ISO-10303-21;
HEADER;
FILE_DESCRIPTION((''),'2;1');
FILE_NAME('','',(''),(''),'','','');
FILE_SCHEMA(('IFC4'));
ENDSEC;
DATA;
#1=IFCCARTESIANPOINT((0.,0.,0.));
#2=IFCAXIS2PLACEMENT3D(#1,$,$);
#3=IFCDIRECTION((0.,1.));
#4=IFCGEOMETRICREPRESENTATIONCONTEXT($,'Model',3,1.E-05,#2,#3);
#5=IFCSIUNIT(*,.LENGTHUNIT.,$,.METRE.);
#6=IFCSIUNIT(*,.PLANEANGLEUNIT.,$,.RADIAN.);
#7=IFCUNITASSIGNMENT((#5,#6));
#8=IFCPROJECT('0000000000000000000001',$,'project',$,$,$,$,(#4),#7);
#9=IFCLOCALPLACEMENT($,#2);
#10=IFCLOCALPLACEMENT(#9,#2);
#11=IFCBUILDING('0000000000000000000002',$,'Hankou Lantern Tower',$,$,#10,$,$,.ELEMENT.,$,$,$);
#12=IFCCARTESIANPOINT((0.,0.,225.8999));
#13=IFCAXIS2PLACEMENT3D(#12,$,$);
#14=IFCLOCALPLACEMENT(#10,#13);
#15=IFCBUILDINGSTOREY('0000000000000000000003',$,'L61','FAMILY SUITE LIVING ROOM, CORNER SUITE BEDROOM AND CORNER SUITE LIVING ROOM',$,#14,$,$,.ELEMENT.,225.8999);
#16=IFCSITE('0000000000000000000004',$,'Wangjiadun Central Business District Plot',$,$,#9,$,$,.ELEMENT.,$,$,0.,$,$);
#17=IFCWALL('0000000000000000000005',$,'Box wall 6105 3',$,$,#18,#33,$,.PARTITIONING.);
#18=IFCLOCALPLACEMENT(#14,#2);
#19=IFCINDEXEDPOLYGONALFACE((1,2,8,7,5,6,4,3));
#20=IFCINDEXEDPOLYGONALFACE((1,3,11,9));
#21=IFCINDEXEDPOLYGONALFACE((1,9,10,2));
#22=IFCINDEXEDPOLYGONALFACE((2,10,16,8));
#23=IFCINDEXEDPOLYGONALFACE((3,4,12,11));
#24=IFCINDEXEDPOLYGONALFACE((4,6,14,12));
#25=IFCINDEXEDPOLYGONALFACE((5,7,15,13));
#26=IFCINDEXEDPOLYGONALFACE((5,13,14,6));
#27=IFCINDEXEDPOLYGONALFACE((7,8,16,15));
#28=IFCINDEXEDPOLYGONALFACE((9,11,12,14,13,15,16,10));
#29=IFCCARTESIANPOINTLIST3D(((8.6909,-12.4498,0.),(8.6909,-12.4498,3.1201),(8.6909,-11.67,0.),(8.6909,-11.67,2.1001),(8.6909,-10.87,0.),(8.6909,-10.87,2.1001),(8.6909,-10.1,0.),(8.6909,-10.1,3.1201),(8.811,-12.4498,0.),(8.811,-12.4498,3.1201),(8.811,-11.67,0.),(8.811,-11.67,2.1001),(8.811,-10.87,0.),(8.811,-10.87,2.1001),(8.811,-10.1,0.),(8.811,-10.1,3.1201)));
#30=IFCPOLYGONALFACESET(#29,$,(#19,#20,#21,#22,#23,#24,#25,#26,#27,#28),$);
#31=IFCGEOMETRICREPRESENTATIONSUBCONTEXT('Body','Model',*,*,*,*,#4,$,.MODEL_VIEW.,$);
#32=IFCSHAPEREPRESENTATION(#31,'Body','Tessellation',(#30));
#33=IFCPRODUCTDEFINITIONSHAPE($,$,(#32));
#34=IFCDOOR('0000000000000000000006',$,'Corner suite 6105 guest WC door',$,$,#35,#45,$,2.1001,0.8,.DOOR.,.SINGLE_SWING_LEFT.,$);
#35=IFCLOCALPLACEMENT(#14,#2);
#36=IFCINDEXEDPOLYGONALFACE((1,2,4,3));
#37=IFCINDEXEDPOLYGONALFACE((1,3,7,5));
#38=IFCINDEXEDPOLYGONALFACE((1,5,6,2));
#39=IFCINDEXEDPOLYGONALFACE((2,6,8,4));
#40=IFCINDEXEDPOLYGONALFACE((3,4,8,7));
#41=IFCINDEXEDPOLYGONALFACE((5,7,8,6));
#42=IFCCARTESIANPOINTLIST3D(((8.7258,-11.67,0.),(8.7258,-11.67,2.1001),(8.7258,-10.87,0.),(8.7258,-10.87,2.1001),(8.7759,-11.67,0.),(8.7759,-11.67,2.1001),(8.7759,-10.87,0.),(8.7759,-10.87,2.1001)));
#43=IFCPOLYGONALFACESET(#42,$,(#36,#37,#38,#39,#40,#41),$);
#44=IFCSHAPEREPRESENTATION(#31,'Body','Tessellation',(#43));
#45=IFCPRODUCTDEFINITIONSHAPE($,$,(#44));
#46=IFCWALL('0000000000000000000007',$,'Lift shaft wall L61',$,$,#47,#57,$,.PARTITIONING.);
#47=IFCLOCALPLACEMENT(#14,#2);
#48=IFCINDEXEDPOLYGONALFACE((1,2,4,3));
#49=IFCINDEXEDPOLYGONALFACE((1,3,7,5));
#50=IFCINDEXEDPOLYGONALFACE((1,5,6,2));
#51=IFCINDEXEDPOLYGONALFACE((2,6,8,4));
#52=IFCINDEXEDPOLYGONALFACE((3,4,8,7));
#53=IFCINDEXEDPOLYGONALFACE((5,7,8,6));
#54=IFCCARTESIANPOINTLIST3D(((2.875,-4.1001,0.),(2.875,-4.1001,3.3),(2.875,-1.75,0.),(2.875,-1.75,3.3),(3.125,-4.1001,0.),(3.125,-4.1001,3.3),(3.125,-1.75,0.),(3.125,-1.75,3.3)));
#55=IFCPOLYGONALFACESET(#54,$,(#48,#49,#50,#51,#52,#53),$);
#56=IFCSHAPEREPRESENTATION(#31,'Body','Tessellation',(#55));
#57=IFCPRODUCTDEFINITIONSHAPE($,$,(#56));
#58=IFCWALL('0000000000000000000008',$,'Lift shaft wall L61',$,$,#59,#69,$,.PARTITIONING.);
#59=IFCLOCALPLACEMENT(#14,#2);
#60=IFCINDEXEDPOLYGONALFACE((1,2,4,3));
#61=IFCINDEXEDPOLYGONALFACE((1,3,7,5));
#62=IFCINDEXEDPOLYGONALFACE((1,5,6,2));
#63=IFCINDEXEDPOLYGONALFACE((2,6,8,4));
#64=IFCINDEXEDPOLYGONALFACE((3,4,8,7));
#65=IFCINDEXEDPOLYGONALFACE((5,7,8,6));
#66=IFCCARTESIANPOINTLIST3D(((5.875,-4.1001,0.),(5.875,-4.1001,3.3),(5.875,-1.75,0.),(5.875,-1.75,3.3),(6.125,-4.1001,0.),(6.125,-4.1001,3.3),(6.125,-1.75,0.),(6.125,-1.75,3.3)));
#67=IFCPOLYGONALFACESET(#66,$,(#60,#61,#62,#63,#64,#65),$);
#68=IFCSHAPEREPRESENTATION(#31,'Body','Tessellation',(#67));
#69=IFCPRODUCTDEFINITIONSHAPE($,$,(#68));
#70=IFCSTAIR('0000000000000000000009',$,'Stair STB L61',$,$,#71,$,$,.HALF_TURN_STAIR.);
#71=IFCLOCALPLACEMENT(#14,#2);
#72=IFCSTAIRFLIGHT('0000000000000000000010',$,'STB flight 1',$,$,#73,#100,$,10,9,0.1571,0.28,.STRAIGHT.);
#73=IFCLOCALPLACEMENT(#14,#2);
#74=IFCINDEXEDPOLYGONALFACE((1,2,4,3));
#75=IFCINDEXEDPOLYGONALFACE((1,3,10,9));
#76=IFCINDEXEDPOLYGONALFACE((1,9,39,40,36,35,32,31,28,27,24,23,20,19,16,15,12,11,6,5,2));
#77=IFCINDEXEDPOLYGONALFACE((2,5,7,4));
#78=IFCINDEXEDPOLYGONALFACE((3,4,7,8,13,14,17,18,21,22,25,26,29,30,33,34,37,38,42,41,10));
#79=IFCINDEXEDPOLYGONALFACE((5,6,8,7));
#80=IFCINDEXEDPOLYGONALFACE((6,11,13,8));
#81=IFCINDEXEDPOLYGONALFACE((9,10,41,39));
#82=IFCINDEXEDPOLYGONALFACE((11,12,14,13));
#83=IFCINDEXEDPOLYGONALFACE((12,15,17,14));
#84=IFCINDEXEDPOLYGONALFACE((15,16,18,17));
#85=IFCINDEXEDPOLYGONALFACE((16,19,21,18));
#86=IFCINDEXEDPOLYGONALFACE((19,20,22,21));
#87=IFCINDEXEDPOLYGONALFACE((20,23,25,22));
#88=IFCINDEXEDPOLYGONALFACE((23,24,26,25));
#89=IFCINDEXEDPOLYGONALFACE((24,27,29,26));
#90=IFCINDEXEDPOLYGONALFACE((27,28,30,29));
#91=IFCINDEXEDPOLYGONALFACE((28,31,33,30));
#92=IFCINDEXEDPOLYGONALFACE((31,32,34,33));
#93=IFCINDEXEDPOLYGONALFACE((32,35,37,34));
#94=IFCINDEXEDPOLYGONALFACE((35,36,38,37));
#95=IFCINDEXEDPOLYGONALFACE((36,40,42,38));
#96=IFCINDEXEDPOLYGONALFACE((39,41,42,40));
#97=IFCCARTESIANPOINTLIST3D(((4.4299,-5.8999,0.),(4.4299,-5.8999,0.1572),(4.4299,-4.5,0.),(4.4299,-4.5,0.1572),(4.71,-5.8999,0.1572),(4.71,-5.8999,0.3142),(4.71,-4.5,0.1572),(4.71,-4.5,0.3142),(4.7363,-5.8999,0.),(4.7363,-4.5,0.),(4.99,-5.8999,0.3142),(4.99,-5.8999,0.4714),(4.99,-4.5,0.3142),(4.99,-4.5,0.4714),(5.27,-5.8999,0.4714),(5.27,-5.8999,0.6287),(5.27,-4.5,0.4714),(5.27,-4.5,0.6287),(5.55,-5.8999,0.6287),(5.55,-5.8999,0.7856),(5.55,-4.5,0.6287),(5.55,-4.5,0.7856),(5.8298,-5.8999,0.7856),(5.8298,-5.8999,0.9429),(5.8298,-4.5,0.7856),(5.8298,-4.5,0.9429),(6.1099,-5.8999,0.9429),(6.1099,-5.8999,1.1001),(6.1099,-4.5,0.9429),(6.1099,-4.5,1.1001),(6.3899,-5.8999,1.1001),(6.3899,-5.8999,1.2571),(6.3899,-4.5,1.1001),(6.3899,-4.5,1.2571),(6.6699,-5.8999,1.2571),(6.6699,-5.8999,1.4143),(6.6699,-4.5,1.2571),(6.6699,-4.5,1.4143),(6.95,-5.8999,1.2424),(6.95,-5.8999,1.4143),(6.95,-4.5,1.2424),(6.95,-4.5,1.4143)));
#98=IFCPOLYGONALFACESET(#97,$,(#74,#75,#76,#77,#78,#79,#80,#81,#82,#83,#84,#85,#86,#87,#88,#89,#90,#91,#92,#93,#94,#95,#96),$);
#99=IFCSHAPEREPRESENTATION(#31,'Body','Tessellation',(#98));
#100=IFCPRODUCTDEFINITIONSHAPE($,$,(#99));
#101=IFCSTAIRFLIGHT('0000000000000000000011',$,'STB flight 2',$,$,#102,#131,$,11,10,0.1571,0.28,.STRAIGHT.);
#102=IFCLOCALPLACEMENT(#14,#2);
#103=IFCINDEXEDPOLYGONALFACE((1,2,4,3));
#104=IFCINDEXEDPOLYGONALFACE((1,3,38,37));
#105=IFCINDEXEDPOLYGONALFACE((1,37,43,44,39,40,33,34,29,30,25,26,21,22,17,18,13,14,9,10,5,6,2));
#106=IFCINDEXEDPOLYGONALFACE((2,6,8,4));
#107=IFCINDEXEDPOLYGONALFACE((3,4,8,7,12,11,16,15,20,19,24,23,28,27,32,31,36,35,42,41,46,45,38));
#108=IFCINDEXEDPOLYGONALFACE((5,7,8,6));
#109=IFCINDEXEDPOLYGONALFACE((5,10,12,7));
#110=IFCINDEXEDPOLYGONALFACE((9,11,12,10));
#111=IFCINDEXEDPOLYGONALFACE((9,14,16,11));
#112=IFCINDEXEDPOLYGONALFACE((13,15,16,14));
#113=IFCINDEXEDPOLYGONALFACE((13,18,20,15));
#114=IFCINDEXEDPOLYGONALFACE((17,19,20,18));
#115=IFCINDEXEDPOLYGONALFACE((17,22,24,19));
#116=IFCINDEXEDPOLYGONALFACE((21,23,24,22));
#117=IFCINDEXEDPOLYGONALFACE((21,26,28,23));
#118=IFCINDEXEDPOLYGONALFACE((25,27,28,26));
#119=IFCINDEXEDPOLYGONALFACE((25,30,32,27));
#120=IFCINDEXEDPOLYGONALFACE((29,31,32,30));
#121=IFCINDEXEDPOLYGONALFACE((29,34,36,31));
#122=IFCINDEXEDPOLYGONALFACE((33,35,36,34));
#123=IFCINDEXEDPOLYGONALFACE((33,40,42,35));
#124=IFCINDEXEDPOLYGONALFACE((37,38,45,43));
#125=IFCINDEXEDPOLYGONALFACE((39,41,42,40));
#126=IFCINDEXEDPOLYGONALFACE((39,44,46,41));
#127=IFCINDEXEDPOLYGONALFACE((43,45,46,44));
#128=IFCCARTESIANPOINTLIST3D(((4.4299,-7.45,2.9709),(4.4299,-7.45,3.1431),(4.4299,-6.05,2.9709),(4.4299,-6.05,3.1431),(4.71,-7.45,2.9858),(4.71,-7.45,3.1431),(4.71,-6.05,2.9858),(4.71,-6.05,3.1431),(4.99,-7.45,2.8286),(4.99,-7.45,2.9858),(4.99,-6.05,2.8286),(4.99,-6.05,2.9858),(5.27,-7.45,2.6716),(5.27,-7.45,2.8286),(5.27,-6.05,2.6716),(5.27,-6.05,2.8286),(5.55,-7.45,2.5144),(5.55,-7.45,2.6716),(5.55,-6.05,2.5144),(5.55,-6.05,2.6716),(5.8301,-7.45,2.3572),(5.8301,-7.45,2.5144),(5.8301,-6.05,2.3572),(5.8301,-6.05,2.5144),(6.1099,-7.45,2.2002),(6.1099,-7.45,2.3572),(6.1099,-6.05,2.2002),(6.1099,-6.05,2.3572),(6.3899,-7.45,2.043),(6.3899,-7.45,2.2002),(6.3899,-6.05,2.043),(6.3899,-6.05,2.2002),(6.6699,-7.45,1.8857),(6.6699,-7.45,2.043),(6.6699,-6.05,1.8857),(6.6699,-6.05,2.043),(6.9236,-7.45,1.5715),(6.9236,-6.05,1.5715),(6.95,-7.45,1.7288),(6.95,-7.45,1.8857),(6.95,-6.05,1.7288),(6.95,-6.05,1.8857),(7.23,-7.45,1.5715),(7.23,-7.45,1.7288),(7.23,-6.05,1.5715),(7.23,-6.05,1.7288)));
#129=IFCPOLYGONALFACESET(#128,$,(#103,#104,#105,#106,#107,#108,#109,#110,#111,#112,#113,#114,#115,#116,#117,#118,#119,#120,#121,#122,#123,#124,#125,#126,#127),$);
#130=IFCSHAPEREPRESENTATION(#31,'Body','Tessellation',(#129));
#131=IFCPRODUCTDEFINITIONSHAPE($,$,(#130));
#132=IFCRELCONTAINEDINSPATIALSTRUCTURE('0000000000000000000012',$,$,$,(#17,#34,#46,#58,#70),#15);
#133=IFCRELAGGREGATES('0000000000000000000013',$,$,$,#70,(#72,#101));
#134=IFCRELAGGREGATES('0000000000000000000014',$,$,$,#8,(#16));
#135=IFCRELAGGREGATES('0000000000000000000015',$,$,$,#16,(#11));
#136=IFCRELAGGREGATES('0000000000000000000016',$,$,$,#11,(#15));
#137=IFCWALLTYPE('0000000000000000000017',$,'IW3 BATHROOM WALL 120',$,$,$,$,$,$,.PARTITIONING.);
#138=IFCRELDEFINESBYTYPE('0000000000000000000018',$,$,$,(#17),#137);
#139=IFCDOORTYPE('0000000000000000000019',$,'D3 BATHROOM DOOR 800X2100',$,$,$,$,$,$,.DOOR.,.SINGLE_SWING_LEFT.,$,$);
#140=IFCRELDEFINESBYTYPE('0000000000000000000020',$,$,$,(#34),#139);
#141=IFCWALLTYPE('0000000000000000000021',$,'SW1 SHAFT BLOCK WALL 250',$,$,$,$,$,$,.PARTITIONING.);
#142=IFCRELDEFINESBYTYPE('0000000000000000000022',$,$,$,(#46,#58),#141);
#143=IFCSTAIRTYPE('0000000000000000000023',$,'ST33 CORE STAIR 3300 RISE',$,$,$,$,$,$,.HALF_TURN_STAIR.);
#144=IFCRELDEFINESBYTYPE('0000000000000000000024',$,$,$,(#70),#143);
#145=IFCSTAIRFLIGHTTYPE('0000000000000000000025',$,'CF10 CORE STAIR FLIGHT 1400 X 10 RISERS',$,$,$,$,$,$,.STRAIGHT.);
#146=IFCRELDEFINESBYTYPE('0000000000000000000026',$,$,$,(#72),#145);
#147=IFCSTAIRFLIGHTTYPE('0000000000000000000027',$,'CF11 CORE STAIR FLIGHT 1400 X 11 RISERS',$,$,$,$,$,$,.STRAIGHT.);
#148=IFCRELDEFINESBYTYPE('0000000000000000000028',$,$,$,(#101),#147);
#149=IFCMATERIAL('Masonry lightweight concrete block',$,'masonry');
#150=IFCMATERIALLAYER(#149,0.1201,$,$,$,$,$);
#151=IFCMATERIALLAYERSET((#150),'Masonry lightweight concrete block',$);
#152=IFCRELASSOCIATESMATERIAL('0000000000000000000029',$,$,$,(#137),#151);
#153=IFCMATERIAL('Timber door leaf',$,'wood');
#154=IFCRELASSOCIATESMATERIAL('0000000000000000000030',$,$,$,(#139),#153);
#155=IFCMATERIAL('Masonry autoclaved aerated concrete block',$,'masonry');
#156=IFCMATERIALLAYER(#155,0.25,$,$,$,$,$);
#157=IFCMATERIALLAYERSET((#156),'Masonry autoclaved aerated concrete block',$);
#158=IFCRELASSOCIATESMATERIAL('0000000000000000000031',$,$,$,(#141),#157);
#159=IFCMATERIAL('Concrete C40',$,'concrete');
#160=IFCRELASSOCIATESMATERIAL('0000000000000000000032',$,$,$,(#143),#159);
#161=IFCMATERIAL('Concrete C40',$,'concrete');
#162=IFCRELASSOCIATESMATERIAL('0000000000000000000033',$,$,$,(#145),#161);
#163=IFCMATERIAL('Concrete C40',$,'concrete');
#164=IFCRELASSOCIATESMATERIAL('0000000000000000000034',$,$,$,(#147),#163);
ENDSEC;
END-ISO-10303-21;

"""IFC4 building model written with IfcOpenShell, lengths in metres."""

from ifc_helpers import new_model, si_unit, direction, frame, frame_2d, origin, place, context, subcontext, project, spatial, polyline, rectangle, outline, extrude, material, layer, layer_set, type_object, element, fill, aggregate, save


model = new_model("IFC4")

# Units and contexts
model_context = context("Model", 3, precision=1e-05, world=origin(), true_north=direction((0.0, 1.0)))
body_context = subcontext(model_context, "Body", "Model", "MODEL_VIEW")
ifc_project = project(units=[si_unit("LENGTHUNIT", "METRE"), si_unit("PLANEANGLEUNIT", "RADIAN")], contexts=[model_context])

# Site, building, storey
site_placement = place(None, origin())
site = spatial("IfcSite", under=ifc_project, at=site_placement, Name="Wangjiadun Central Business District Plot", CompositionType="ELEMENT", RefElevation=0.0)
building_placement = place(site_placement, origin())
building = spatial("IfcBuilding", under=site, at=building_placement, Name="Hankou Lantern Tower", CompositionType="ELEMENT")
storey_placement = place(building_placement, frame((0.0, 0.0, 225.8999)))
storey = spatial("IfcBuildingStorey", under=building, at=storey_placement, Name="L61", Description="FAMILY SUITE LIVING ROOM, CORNER SUITE BEDROOM AND CORNER SUITE LIVING ROOM", CompositionType="ELEMENT", Elevation=225.8999)

# Shared definitions
ifc_material_1 = material(Name="Masonry lightweight concrete block", Category="masonry")
ifc_layer_1 = layer(ifc_material_1, 0.1201)
ifc_layer_set_1 = layer_set([ifc_layer_1], Name="Masonry lightweight concrete block")
wall_type_1 = type_object("IfcWallType", Name="IW3 BATHROOM WALL 120", PredefinedType="PARTITIONING", material=ifc_layer_set_1)

# Wall, opening, door
wall_1_placement = place(storey_placement, frame((8.751, -10.1001, 0.0), z_axis=(0.0, 0.0, 1.0), x_axis=(0.0, -1.0, 0.0)))
wall_1 = element("IfcWall", 1, at=wall_1_placement, inside=storey, type_object=wall_type_1, Name="Box wall 6105 3", PredefinedType="PARTITIONING", context=body_context, shape_type="SweptSolid", body=[
    extrude(rectangle(XDim=2.3499, YDim=0.1201, at=frame_2d((1.1748, 0.0))), origin(), (0.0, 0.0, 1.0), 3.1201),
])
opening_1_placement = place(wall_1_placement, frame((0.77, 0.0, 0.0)))
opening_1 = element("IfcOpeningElement", 2, at=opening_1_placement, cuts=wall_1, PredefinedType="OPENING", context=body_context, shape_type="SweptSolid", body=[
    extrude(rectangle(XDim=0.8, YDim=2.1001, at=frame_2d((0.3999, 1.05))), frame((0.0, 0.0701, 0.0), z_axis=(0.0, -1.0, 0.0), x_axis=(1.0, 0.0, 0.0)), (0.0, 0.0, 1.0), 0.1401),
])
ifc_material_2 = material(Name="Timber door leaf", Category="wood")
door_type_1 = type_object("IfcDoorType", Name="D3 BATHROOM DOOR 800X2100", OperationType="SINGLE_SWING_LEFT", PredefinedType="DOOR", material=ifc_material_2)
door_1_placement = place(opening_1_placement, origin())
door_1 = element("IfcDoor", 3, at=door_1_placement, inside=storey, type_object=door_type_1, Name="Corner suite 6105 guest WC door", OperationType="SINGLE_SWING_LEFT", OverallHeight=2.1001, OverallWidth=0.8, PredefinedType="DOOR", context=body_context, shape_type="SweptSolid", body=[
    extrude(rectangle(XDim=0.8, YDim=2.1001, at=frame_2d((0.3999, 1.05))), frame((0.0, 0.0249, 0.0), z_axis=(0.0, -1.0, 0.0), x_axis=(1.0, 0.0, 0.0)), (0.0, 0.0, 1.0), 0.05),
])
fill(opening_1, door_1)

# Walls
ifc_material_3 = material(Name="Masonry autoclaved aerated concrete block", Category="masonry")
ifc_layer_2 = layer(ifc_material_3, 0.25)
ifc_layer_set_2 = layer_set([ifc_layer_2], Name="Masonry autoclaved aerated concrete block")
wall_type_2 = type_object("IfcWallType", Name="SW1 SHAFT BLOCK WALL 250", PredefinedType="PARTITIONING", material=ifc_layer_set_2)
for number, where, z_axis, x_axis, name in (
    (4, (3.0, -4.1001, 0.0), (0.0, 0.0, 1.0), (0.0, 1.0, 0.0), "Lift shaft wall L61"),
    (5, (6.0, -4.1001, 0.0), (0.0, 0.0, 1.0), (0.0, 1.0, 0.0), "Lift shaft wall L61"),
):
    element("IfcWall", number, at=place(storey_placement, frame(where, z_axis=z_axis, x_axis=x_axis)), inside=storey, type_object=wall_type_2, Name=name, PredefinedType="PARTITIONING", context=body_context, shape_type="SweptSolid", body=[
        extrude(rectangle(XDim=2.3501, YDim=0.25, at=frame_2d((1.175, 0.0))), origin(), (0.0, 0.0, 1.0), 3.3),
    ])

# Stair, stair flights
ifc_material_4 = material(Name="Concrete C40", Category="concrete")
stair_type = type_object("IfcStairType", Name="ST33 CORE STAIR 3300 RISE", PredefinedType="HALF_TURN_STAIR", material=ifc_material_4)
stair_placement = place(storey_placement, origin())
stair = element("IfcStair", 6, at=stair_placement, inside=storey, type_object=stair_type, Name="Stair STB L61", PredefinedType="HALF_TURN_STAIR")
ifc_material_5 = material(Name="Concrete C40", Category="concrete")
stair_flight_type_1 = type_object("IfcStairFlightType", Name="CF10 CORE STAIR FLIGHT 1400 X 10 RISERS", PredefinedType="STRAIGHT", material=ifc_material_5)
stair_flight_1_placement = place(storey_placement, frame((4.4299, -5.2, 0.0), z_axis=(0.0, 0.0, 1.0), x_axis=(1.0, 0.0, 0.0)))
stair_flight_1 = element("IfcStairFlight", 7, at=stair_flight_1_placement, type_object=stair_flight_type_1, Name="STB flight 1", NumberOfRisers=10, NumberOfTreads=9, PredefinedType="STRAIGHT", RiserHeight=0.1571, TreadLength=0.28, context=body_context, shape_type="SweptSolid", body=[
    extrude(outline(polyline([(0.0, 0.0), (0.0, 0.1572), (0.28, 0.1572), (0.28, 0.3142), (0.5601, 0.3142), (0.5601, 0.4714), (0.8401, 0.4714), (0.8401, 0.6287), (1.1201, 0.6287), (1.1201, 0.7856), (1.3999, 0.7856), (1.3999, 0.9429), (1.6799, 0.9429), (1.6799, 1.1001), (1.96, 1.1001), (1.96, 1.2571), (2.24, 1.2571), (2.24, 1.4143), (2.52, 1.4143), (2.52, 1.5715), (2.52, 1.2424), (0.3064, 0.0), (0.0, 0.0)])), frame((0.0, 0.7, 0.0), z_axis=(0.0, -1.0, 0.0), x_axis=(1.0, 0.0, 0.0)), (0.0, 0.0, 1.0), 1.3999),
])
ifc_material_6 = material(Name="Concrete C40", Category="concrete")
stair_flight_type_2 = type_object("IfcStairFlightType", Name="CF11 CORE STAIR FLIGHT 1400 X 11 RISERS", PredefinedType="STRAIGHT", material=ifc_material_6)
stair_flight_2_placement = place(storey_placement, frame((7.23, -6.75, 1.5715), z_axis=(0.0, 0.0, 1.0), x_axis=(-1.0, 0.0, 0.0)))
stair_flight_2 = element("IfcStairFlight", 8, at=stair_flight_2_placement, type_object=stair_flight_type_2, Name="STB flight 2", NumberOfRisers=11, NumberOfTreads=10, PredefinedType="STRAIGHT", RiserHeight=0.1571, TreadLength=0.28, context=body_context, shape_type="SweptSolid", body=[
    extrude(outline(polyline([(0.0, 0.0), (0.0, 0.1572), (0.28, 0.1572), (0.28, 0.3142), (0.5601, 0.3142), (0.5601, 0.4714), (0.8401, 0.4714), (0.8401, 0.6287), (1.1201, 0.6287), (1.1201, 0.7856), (1.3999, 0.7856), (1.3999, 0.9429), (1.6799, 0.9429), (1.6799, 1.1001), (1.96, 1.1001), (1.96, 1.2571), (2.24, 1.2571), (2.24, 1.4143), (2.52, 1.4143), (2.52, 1.5715), (2.8, 1.5715), (2.8, 1.7285), (2.8, 1.3994), (0.3064, 0.0), (0.0, 0.0)])), frame((0.0, 0.7, 0.0), z_axis=(0.0, -1.0, 0.0), x_axis=(1.0, 0.0, 0.0)), (0.0, 0.0, 1.0), 1.3999),
])
aggregate(stair, [stair_flight_1, stair_flight_2])

save(model, "model.ifc")
